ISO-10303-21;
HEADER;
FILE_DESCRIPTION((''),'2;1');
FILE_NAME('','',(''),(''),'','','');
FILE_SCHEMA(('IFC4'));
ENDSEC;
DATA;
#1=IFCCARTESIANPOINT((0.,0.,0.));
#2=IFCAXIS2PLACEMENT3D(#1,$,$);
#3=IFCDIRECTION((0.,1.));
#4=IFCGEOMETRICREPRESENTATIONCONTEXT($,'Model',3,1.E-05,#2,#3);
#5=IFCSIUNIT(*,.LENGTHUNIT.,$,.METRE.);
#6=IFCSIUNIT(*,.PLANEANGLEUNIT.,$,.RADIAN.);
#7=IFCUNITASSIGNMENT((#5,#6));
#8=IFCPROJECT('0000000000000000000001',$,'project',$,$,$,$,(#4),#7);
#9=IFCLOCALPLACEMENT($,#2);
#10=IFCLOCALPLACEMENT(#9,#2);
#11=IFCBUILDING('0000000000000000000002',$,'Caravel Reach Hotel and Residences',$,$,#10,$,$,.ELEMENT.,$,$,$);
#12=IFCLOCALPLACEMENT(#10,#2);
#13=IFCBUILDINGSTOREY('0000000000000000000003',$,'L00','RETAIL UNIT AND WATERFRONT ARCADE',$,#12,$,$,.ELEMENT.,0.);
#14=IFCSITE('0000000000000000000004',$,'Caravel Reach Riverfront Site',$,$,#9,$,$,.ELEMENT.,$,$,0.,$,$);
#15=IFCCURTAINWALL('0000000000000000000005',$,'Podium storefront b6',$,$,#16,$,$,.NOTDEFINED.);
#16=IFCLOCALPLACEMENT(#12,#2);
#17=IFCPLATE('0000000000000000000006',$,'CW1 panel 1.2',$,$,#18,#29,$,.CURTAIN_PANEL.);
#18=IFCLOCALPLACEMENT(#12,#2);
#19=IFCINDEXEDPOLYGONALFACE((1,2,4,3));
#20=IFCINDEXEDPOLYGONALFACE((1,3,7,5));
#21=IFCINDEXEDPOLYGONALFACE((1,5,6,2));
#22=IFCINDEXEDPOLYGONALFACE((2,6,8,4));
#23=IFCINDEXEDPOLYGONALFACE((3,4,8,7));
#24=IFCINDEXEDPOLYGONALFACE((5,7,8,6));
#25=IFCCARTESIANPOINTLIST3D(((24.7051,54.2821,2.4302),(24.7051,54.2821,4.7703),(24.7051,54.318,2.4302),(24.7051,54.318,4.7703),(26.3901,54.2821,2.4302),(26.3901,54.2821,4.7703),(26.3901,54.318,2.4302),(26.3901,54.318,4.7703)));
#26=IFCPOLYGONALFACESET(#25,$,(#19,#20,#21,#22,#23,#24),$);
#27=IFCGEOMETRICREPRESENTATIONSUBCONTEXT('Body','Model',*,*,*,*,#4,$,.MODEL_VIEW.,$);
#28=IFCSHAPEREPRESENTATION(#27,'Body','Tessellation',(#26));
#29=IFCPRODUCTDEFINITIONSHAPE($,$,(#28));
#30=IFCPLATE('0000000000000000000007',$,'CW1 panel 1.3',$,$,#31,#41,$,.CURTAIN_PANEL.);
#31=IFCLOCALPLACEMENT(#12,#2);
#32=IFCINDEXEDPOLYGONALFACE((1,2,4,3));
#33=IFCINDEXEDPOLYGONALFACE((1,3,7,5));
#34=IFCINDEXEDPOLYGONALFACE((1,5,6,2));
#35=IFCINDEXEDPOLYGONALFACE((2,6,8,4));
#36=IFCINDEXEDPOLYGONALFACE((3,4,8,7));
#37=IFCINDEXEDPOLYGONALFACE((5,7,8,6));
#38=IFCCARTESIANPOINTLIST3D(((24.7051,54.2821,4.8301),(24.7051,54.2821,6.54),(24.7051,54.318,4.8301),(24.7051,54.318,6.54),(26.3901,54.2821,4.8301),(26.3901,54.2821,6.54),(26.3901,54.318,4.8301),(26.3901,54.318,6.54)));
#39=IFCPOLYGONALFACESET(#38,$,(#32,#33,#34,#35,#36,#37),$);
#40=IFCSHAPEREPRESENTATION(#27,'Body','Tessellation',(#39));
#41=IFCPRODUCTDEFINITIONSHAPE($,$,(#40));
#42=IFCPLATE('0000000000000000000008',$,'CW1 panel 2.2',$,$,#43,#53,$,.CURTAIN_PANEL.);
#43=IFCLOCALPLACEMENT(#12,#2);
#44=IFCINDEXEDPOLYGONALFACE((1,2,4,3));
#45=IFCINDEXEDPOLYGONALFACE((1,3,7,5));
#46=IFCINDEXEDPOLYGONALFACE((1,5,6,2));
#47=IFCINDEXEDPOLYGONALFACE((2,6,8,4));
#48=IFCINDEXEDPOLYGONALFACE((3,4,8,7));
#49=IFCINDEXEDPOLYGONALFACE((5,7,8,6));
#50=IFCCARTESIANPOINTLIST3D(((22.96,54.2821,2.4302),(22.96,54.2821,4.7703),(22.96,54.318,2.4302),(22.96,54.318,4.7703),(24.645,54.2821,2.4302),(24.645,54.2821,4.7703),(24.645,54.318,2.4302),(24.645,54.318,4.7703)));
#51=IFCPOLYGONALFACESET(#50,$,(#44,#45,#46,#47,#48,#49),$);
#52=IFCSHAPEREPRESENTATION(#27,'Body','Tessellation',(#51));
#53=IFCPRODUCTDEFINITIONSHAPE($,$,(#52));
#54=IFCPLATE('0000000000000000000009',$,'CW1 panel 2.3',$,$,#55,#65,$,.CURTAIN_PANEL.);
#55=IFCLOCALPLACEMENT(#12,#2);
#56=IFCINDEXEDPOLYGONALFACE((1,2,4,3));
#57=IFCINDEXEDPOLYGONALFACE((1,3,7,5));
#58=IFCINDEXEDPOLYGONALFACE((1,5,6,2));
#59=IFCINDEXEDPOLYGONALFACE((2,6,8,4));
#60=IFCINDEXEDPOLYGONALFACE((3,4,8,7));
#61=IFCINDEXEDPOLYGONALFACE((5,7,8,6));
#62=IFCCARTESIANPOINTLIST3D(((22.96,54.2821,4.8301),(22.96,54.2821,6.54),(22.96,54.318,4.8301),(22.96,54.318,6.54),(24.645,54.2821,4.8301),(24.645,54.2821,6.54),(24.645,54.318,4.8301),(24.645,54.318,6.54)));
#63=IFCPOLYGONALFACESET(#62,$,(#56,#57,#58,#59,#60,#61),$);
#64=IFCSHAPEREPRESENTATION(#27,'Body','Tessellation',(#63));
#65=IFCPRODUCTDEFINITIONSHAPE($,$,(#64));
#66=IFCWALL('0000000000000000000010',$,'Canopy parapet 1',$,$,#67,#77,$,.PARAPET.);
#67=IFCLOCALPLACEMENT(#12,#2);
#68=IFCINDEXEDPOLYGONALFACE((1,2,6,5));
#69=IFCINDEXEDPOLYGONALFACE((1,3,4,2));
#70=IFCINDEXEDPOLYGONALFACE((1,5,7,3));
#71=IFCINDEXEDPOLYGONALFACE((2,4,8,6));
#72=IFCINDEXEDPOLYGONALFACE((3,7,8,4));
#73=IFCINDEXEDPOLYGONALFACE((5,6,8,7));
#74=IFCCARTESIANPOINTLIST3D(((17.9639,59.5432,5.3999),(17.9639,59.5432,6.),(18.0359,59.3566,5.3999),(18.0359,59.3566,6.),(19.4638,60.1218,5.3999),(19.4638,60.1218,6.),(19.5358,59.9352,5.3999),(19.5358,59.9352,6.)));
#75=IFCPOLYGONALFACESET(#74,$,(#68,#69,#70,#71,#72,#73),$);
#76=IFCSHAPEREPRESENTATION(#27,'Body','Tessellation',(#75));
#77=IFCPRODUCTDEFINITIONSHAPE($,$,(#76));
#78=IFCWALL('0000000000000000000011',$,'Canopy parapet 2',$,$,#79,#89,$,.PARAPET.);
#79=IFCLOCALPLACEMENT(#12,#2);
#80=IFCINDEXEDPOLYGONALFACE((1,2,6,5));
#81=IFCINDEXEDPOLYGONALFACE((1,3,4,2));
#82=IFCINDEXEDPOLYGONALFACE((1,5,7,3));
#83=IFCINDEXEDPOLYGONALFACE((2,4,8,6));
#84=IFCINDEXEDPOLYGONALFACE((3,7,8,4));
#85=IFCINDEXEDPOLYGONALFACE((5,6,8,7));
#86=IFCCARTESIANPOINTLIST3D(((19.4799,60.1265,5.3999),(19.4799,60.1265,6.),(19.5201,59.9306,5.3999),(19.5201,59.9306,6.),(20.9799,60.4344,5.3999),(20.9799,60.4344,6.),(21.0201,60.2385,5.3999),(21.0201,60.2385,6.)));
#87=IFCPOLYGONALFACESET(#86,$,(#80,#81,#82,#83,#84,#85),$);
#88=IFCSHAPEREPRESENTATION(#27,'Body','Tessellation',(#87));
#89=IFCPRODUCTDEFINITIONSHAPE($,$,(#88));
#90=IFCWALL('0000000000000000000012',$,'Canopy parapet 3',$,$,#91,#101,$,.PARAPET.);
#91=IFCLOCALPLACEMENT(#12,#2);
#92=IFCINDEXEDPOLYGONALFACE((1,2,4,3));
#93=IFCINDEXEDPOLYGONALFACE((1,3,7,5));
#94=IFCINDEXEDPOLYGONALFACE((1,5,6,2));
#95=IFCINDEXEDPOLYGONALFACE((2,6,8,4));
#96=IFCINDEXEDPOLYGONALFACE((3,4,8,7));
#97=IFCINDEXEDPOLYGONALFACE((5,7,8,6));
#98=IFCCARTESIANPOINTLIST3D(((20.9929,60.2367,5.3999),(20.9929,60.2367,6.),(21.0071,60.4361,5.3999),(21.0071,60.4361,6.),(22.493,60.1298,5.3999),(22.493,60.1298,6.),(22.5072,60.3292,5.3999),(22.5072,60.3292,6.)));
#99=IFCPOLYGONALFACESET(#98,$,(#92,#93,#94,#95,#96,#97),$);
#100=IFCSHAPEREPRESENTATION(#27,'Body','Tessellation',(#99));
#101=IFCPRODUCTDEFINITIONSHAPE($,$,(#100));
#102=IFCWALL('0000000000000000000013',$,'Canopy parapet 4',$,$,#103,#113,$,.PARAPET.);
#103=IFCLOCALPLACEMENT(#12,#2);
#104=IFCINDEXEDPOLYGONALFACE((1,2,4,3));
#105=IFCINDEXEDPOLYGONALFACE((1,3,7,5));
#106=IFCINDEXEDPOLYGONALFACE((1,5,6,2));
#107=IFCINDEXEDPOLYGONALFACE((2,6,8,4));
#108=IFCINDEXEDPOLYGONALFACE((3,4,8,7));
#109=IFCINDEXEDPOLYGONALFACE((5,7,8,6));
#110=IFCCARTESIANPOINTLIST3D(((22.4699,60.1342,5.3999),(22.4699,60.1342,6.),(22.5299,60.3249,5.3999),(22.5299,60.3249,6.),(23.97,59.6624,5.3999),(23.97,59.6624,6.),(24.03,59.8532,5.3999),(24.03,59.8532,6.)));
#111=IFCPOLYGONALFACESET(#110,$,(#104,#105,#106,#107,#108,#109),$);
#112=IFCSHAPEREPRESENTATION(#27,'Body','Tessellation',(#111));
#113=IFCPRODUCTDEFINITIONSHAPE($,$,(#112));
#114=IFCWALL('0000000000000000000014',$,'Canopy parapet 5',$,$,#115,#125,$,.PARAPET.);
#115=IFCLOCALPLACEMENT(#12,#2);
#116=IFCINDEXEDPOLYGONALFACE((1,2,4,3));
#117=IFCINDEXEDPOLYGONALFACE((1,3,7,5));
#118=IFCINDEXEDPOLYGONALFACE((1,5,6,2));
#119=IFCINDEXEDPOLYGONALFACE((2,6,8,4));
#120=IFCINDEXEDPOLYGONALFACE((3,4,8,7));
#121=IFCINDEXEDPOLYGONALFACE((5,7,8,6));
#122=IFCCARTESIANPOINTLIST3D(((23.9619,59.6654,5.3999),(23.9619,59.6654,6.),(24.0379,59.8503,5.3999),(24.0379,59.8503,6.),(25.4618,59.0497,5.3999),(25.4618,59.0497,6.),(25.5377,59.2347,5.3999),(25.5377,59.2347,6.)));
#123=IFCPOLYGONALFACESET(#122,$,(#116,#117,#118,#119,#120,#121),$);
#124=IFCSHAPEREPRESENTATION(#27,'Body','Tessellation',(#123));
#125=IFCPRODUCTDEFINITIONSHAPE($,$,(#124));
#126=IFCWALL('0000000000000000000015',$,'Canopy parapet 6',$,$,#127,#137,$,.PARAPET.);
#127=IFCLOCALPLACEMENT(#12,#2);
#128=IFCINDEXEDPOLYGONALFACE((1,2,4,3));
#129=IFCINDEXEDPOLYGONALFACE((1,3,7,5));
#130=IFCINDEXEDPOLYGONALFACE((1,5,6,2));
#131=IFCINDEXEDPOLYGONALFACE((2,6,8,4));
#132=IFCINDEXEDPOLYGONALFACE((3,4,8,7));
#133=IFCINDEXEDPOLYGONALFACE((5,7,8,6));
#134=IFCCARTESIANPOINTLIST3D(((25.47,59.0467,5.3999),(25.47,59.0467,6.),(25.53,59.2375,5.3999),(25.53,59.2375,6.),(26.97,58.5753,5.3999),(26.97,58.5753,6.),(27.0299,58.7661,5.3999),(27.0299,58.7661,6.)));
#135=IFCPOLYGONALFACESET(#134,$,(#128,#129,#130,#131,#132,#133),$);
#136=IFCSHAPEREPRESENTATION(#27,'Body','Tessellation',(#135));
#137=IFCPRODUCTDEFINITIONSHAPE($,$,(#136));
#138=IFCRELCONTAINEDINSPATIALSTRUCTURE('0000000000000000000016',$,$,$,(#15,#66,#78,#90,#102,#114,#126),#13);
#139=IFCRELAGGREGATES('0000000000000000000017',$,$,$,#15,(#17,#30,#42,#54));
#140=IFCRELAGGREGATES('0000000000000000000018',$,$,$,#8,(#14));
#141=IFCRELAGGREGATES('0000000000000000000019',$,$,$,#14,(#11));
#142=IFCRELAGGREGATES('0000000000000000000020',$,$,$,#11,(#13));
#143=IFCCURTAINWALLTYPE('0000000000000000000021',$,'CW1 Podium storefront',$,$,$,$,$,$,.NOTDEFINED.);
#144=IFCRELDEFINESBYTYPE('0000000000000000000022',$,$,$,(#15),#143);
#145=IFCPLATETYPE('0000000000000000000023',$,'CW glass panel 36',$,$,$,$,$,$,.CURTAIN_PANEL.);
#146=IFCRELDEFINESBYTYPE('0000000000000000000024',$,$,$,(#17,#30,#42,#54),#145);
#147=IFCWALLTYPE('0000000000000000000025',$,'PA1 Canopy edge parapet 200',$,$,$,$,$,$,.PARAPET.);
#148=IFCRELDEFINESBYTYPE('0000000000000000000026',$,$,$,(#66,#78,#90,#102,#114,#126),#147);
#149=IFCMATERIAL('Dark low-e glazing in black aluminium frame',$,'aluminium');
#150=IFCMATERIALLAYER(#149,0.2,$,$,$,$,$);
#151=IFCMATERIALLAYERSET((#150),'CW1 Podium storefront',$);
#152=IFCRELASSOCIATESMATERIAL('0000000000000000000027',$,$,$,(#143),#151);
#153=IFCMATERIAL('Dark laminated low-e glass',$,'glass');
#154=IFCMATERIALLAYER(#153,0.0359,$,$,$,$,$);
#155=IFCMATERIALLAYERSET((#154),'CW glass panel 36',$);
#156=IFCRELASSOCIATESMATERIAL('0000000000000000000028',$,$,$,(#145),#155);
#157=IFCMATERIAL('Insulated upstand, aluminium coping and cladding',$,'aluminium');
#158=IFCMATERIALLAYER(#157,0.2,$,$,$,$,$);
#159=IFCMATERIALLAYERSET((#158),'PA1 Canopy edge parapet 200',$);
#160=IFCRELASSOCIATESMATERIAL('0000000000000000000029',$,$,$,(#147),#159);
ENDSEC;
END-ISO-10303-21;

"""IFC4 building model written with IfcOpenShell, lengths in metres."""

from ifc_helpers import new_model, si_unit, direction, frame, frame_2d, origin, origin_2d, place, context, subcontext, project, spatial, rectangle, extrude, material, layer, layer_set, type_object, element, aggregate, save


model = new_model("IFC4")

# Units and contexts
model_context = context("Model", 3, precision=1e-05, world=origin(), true_north=direction((0.0, 1.0)))
body_context = subcontext(model_context, "Body", "Model", "MODEL_VIEW")
ifc_project = project(units=[si_unit("LENGTHUNIT", "METRE"), si_unit("PLANEANGLEUNIT", "RADIAN")], contexts=[model_context])

# Site, building, storey
site_placement = place(None, origin())
site = spatial("IfcSite", under=ifc_project, at=site_placement, Name="Caravel Reach Riverfront Site", CompositionType="ELEMENT", RefElevation=0.0)
building_placement = place(site_placement, origin())
building = spatial("IfcBuilding", under=site, at=building_placement, Name="Caravel Reach Hotel and Residences", CompositionType="ELEMENT")
storey_placement = place(building_placement, origin())
storey = spatial("IfcBuildingStorey", under=building, at=storey_placement, Name="L00", Description="RETAIL UNIT AND WATERFRONT ARCADE", CompositionType="ELEMENT", Elevation=0.0)

# Curtain wall, plates
ifc_material_1 = material(Name="Dark low-e glazing in black aluminium frame", Category="aluminium")
ifc_layer_1 = layer(ifc_material_1, 0.2)
ifc_layer_set_1 = layer_set([ifc_layer_1], Name="CW1 Podium storefront")
curtain_wall_type = type_object("IfcCurtainWallType", Name="CW1 Podium storefront", PredefinedType="NOTDEFINED", material=ifc_layer_set_1)
curtain_wall_placement = place(storey_placement, origin())
curtain_wall = element("IfcCurtainWall", 1, at=curtain_wall_placement, inside=storey, type_object=curtain_wall_type, Name="Podium storefront b6", PredefinedType="NOTDEFINED")
ifc_material_2 = material(Name="Dark laminated low-e glass", Category="glass")
ifc_layer_2 = layer(ifc_material_2, 0.0359)
ifc_layer_set_2 = layer_set([ifc_layer_2], Name="CW glass panel 36")
plate_type = type_object("IfcPlateType", Name="CW glass panel 36", PredefinedType="CURTAIN_PANEL", material=ifc_layer_set_2)
plate_1_placement = place(storey_placement, frame((25.5476, 54.3, 2.4302), z_axis=(0.0, 0.0, 1.0), x_axis=(-1.0, 0.0, 0.0)))
plate_1 = element("IfcPlate", 2, at=plate_1_placement, type_object=plate_type, Name="CW1 panel 1.2", PredefinedType="CURTAIN_PANEL", context=body_context, shape_type="SweptSolid", body=[
    extrude(rectangle(XDim=1.6851, YDim=0.0359, at=origin_2d()), origin(), (0.0, 0.0, 1.0), 2.3401),
])
plate_2_placement = place(storey_placement, frame((25.5476, 54.3, 4.8301), z_axis=(0.0, 0.0, 1.0), x_axis=(-1.0, 0.0, 0.0)))
plate_2 = element("IfcPlate", 3, at=plate_2_placement, type_object=plate_type, Name="CW1 panel 1.3", PredefinedType="CURTAIN_PANEL", context=body_context, shape_type="SweptSolid", body=[
    extrude(rectangle(XDim=1.6851, YDim=0.0359, at=origin_2d()), origin(), (0.0, 0.0, 1.0), 1.71),
])
plate_3_placement = place(storey_placement, frame((23.8025, 54.3, 2.4302), z_axis=(0.0, 0.0, 1.0), x_axis=(-1.0, 0.0, 0.0)))
plate_3 = element("IfcPlate", 4, at=plate_3_placement, type_object=plate_type, Name="CW1 panel 2.2", PredefinedType="CURTAIN_PANEL", context=body_context, shape_type="SweptSolid", body=[
    extrude(rectangle(XDim=1.6851, YDim=0.0359, at=origin_2d()), origin(), (0.0, 0.0, 1.0), 2.3401),
])
plate_4_placement = place(storey_placement, frame((23.8025, 54.3, 4.8301), z_axis=(0.0, 0.0, 1.0), x_axis=(-1.0, 0.0, 0.0)))
plate_4 = element("IfcPlate", 5, at=plate_4_placement, type_object=plate_type, Name="CW1 panel 2.3", PredefinedType="CURTAIN_PANEL", context=body_context, shape_type="SweptSolid", body=[
    extrude(rectangle(XDim=1.6851, YDim=0.0359, at=origin_2d()), origin(), (0.0, 0.0, 1.0), 1.71),
])
aggregate(curtain_wall, [plate_1, plate_2, plate_3, plate_4])

# Walls
ifc_material_3 = material(Name="Insulated upstand, aluminium coping and cladding", Category="aluminium")
ifc_layer_3 = layer(ifc_material_3, 0.2)
ifc_layer_set_3 = layer_set([ifc_layer_3], Name="PA1 Canopy edge parapet 200")
wall_type = type_object("IfcWallType", Name="PA1 Canopy edge parapet 200", PredefinedType="PARAPET", material=ifc_layer_set_3)
wall_1_placement = place(storey_placement, frame((18.0, 59.45, 5.3999), z_axis=(0.0, 0.0, 1.0), x_axis=(0.932993, 0.359895, 0.0)))
element("IfcWall", 6, at=wall_1_placement, inside=storey, type_object=wall_type, Name="Canopy parapet 1", PredefinedType="PARAPET", context=body_context, shape_type="SweptSolid", body=[
    extrude(rectangle(XDim=1.6077, YDim=0.2, at=frame_2d((0.8037, 0.0))), origin(), (0.0, 0.0, 1.0), 0.6001),
])
wall_2_placement = place(storey_placement, frame((19.5, 60.0286, 5.3999), z_axis=(0.0, 0.0, 1.0), x_axis=(0.979581, 0.20105, 0.0)))
element("IfcWall", 7, at=wall_2_placement, inside=storey, type_object=wall_type, Name="Canopy parapet 2", PredefinedType="PARAPET", context=body_context, shape_type="SweptSolid", body=[
    extrude(rectangle(XDim=1.5312, YDim=0.2, at=frame_2d((0.7656, 0.0))), origin(), (0.0, 0.0, 1.0), 0.6001),
])
wall_3_placement = place(storey_placement, frame((21.0, 60.3364, 5.3999), z_axis=(0.0, 0.0, 1.0), x_axis=(0.997469, -0.071109, 0.0)))
element("IfcWall", 8, at=wall_3_placement, inside=storey, type_object=wall_type, Name="Canopy parapet 3", PredefinedType="PARAPET", context=body_context, shape_type="SweptSolid", body=[
    extrude(rectangle(XDim=1.5039, YDim=0.2, at=frame_2d((0.752, 0.0))), origin(), (0.0, 0.0, 1.0), 0.6001),
])
wall_4_placement = place(storey_placement, frame((22.5, 60.2295, 5.3999), z_axis=(0.0, 0.0, 1.0), x_axis=(0.953948, -0.299972, 0.0)))
element("IfcWall", 9, at=wall_4_placement, inside=storey, type_object=wall_type, Name="Canopy parapet 4", PredefinedType="PARAPET", context=body_context, shape_type="SweptSolid", body=[
    extrude(rectangle(XDim=1.5725, YDim=0.2, at=frame_2d((0.7861, 0.0))), origin(), (0.0, 0.0, 1.0), 0.6001),
])
wall_5_placement = place(storey_placement, frame((24.0, 59.7578, 5.3999), z_axis=(0.0, 0.0, 1.0), x_axis=(0.925095, -0.379735, 0.0)))
element("IfcWall", 10, at=wall_5_placement, inside=storey, type_object=wall_type, Name="Canopy parapet 5", PredefinedType="PARAPET", context=body_context, shape_type="SweptSolid", body=[
    extrude(rectangle(XDim=1.6213, YDim=0.2, at=frame_2d((0.8105, 0.0))), origin(), (0.0, 0.0, 1.0), 0.6001),
])
wall_6_placement = place(storey_placement, frame((25.5, 59.1421, 5.3999), z_axis=(0.0, 0.0, 1.0), x_axis=(0.953992, -0.299831, 0.0)))
element("IfcWall", 11, at=wall_6_placement, inside=storey, type_object=wall_type, Name="Canopy parapet 6", PredefinedType="PARAPET", context=body_context, shape_type="SweptSolid", body=[
    extrude(rectangle(XDim=1.5723, YDim=0.2, at=frame_2d((0.7861, 0.0))), origin(), (0.0, 0.0, 1.0), 0.6001),
])

save(model, "model.ifc")
